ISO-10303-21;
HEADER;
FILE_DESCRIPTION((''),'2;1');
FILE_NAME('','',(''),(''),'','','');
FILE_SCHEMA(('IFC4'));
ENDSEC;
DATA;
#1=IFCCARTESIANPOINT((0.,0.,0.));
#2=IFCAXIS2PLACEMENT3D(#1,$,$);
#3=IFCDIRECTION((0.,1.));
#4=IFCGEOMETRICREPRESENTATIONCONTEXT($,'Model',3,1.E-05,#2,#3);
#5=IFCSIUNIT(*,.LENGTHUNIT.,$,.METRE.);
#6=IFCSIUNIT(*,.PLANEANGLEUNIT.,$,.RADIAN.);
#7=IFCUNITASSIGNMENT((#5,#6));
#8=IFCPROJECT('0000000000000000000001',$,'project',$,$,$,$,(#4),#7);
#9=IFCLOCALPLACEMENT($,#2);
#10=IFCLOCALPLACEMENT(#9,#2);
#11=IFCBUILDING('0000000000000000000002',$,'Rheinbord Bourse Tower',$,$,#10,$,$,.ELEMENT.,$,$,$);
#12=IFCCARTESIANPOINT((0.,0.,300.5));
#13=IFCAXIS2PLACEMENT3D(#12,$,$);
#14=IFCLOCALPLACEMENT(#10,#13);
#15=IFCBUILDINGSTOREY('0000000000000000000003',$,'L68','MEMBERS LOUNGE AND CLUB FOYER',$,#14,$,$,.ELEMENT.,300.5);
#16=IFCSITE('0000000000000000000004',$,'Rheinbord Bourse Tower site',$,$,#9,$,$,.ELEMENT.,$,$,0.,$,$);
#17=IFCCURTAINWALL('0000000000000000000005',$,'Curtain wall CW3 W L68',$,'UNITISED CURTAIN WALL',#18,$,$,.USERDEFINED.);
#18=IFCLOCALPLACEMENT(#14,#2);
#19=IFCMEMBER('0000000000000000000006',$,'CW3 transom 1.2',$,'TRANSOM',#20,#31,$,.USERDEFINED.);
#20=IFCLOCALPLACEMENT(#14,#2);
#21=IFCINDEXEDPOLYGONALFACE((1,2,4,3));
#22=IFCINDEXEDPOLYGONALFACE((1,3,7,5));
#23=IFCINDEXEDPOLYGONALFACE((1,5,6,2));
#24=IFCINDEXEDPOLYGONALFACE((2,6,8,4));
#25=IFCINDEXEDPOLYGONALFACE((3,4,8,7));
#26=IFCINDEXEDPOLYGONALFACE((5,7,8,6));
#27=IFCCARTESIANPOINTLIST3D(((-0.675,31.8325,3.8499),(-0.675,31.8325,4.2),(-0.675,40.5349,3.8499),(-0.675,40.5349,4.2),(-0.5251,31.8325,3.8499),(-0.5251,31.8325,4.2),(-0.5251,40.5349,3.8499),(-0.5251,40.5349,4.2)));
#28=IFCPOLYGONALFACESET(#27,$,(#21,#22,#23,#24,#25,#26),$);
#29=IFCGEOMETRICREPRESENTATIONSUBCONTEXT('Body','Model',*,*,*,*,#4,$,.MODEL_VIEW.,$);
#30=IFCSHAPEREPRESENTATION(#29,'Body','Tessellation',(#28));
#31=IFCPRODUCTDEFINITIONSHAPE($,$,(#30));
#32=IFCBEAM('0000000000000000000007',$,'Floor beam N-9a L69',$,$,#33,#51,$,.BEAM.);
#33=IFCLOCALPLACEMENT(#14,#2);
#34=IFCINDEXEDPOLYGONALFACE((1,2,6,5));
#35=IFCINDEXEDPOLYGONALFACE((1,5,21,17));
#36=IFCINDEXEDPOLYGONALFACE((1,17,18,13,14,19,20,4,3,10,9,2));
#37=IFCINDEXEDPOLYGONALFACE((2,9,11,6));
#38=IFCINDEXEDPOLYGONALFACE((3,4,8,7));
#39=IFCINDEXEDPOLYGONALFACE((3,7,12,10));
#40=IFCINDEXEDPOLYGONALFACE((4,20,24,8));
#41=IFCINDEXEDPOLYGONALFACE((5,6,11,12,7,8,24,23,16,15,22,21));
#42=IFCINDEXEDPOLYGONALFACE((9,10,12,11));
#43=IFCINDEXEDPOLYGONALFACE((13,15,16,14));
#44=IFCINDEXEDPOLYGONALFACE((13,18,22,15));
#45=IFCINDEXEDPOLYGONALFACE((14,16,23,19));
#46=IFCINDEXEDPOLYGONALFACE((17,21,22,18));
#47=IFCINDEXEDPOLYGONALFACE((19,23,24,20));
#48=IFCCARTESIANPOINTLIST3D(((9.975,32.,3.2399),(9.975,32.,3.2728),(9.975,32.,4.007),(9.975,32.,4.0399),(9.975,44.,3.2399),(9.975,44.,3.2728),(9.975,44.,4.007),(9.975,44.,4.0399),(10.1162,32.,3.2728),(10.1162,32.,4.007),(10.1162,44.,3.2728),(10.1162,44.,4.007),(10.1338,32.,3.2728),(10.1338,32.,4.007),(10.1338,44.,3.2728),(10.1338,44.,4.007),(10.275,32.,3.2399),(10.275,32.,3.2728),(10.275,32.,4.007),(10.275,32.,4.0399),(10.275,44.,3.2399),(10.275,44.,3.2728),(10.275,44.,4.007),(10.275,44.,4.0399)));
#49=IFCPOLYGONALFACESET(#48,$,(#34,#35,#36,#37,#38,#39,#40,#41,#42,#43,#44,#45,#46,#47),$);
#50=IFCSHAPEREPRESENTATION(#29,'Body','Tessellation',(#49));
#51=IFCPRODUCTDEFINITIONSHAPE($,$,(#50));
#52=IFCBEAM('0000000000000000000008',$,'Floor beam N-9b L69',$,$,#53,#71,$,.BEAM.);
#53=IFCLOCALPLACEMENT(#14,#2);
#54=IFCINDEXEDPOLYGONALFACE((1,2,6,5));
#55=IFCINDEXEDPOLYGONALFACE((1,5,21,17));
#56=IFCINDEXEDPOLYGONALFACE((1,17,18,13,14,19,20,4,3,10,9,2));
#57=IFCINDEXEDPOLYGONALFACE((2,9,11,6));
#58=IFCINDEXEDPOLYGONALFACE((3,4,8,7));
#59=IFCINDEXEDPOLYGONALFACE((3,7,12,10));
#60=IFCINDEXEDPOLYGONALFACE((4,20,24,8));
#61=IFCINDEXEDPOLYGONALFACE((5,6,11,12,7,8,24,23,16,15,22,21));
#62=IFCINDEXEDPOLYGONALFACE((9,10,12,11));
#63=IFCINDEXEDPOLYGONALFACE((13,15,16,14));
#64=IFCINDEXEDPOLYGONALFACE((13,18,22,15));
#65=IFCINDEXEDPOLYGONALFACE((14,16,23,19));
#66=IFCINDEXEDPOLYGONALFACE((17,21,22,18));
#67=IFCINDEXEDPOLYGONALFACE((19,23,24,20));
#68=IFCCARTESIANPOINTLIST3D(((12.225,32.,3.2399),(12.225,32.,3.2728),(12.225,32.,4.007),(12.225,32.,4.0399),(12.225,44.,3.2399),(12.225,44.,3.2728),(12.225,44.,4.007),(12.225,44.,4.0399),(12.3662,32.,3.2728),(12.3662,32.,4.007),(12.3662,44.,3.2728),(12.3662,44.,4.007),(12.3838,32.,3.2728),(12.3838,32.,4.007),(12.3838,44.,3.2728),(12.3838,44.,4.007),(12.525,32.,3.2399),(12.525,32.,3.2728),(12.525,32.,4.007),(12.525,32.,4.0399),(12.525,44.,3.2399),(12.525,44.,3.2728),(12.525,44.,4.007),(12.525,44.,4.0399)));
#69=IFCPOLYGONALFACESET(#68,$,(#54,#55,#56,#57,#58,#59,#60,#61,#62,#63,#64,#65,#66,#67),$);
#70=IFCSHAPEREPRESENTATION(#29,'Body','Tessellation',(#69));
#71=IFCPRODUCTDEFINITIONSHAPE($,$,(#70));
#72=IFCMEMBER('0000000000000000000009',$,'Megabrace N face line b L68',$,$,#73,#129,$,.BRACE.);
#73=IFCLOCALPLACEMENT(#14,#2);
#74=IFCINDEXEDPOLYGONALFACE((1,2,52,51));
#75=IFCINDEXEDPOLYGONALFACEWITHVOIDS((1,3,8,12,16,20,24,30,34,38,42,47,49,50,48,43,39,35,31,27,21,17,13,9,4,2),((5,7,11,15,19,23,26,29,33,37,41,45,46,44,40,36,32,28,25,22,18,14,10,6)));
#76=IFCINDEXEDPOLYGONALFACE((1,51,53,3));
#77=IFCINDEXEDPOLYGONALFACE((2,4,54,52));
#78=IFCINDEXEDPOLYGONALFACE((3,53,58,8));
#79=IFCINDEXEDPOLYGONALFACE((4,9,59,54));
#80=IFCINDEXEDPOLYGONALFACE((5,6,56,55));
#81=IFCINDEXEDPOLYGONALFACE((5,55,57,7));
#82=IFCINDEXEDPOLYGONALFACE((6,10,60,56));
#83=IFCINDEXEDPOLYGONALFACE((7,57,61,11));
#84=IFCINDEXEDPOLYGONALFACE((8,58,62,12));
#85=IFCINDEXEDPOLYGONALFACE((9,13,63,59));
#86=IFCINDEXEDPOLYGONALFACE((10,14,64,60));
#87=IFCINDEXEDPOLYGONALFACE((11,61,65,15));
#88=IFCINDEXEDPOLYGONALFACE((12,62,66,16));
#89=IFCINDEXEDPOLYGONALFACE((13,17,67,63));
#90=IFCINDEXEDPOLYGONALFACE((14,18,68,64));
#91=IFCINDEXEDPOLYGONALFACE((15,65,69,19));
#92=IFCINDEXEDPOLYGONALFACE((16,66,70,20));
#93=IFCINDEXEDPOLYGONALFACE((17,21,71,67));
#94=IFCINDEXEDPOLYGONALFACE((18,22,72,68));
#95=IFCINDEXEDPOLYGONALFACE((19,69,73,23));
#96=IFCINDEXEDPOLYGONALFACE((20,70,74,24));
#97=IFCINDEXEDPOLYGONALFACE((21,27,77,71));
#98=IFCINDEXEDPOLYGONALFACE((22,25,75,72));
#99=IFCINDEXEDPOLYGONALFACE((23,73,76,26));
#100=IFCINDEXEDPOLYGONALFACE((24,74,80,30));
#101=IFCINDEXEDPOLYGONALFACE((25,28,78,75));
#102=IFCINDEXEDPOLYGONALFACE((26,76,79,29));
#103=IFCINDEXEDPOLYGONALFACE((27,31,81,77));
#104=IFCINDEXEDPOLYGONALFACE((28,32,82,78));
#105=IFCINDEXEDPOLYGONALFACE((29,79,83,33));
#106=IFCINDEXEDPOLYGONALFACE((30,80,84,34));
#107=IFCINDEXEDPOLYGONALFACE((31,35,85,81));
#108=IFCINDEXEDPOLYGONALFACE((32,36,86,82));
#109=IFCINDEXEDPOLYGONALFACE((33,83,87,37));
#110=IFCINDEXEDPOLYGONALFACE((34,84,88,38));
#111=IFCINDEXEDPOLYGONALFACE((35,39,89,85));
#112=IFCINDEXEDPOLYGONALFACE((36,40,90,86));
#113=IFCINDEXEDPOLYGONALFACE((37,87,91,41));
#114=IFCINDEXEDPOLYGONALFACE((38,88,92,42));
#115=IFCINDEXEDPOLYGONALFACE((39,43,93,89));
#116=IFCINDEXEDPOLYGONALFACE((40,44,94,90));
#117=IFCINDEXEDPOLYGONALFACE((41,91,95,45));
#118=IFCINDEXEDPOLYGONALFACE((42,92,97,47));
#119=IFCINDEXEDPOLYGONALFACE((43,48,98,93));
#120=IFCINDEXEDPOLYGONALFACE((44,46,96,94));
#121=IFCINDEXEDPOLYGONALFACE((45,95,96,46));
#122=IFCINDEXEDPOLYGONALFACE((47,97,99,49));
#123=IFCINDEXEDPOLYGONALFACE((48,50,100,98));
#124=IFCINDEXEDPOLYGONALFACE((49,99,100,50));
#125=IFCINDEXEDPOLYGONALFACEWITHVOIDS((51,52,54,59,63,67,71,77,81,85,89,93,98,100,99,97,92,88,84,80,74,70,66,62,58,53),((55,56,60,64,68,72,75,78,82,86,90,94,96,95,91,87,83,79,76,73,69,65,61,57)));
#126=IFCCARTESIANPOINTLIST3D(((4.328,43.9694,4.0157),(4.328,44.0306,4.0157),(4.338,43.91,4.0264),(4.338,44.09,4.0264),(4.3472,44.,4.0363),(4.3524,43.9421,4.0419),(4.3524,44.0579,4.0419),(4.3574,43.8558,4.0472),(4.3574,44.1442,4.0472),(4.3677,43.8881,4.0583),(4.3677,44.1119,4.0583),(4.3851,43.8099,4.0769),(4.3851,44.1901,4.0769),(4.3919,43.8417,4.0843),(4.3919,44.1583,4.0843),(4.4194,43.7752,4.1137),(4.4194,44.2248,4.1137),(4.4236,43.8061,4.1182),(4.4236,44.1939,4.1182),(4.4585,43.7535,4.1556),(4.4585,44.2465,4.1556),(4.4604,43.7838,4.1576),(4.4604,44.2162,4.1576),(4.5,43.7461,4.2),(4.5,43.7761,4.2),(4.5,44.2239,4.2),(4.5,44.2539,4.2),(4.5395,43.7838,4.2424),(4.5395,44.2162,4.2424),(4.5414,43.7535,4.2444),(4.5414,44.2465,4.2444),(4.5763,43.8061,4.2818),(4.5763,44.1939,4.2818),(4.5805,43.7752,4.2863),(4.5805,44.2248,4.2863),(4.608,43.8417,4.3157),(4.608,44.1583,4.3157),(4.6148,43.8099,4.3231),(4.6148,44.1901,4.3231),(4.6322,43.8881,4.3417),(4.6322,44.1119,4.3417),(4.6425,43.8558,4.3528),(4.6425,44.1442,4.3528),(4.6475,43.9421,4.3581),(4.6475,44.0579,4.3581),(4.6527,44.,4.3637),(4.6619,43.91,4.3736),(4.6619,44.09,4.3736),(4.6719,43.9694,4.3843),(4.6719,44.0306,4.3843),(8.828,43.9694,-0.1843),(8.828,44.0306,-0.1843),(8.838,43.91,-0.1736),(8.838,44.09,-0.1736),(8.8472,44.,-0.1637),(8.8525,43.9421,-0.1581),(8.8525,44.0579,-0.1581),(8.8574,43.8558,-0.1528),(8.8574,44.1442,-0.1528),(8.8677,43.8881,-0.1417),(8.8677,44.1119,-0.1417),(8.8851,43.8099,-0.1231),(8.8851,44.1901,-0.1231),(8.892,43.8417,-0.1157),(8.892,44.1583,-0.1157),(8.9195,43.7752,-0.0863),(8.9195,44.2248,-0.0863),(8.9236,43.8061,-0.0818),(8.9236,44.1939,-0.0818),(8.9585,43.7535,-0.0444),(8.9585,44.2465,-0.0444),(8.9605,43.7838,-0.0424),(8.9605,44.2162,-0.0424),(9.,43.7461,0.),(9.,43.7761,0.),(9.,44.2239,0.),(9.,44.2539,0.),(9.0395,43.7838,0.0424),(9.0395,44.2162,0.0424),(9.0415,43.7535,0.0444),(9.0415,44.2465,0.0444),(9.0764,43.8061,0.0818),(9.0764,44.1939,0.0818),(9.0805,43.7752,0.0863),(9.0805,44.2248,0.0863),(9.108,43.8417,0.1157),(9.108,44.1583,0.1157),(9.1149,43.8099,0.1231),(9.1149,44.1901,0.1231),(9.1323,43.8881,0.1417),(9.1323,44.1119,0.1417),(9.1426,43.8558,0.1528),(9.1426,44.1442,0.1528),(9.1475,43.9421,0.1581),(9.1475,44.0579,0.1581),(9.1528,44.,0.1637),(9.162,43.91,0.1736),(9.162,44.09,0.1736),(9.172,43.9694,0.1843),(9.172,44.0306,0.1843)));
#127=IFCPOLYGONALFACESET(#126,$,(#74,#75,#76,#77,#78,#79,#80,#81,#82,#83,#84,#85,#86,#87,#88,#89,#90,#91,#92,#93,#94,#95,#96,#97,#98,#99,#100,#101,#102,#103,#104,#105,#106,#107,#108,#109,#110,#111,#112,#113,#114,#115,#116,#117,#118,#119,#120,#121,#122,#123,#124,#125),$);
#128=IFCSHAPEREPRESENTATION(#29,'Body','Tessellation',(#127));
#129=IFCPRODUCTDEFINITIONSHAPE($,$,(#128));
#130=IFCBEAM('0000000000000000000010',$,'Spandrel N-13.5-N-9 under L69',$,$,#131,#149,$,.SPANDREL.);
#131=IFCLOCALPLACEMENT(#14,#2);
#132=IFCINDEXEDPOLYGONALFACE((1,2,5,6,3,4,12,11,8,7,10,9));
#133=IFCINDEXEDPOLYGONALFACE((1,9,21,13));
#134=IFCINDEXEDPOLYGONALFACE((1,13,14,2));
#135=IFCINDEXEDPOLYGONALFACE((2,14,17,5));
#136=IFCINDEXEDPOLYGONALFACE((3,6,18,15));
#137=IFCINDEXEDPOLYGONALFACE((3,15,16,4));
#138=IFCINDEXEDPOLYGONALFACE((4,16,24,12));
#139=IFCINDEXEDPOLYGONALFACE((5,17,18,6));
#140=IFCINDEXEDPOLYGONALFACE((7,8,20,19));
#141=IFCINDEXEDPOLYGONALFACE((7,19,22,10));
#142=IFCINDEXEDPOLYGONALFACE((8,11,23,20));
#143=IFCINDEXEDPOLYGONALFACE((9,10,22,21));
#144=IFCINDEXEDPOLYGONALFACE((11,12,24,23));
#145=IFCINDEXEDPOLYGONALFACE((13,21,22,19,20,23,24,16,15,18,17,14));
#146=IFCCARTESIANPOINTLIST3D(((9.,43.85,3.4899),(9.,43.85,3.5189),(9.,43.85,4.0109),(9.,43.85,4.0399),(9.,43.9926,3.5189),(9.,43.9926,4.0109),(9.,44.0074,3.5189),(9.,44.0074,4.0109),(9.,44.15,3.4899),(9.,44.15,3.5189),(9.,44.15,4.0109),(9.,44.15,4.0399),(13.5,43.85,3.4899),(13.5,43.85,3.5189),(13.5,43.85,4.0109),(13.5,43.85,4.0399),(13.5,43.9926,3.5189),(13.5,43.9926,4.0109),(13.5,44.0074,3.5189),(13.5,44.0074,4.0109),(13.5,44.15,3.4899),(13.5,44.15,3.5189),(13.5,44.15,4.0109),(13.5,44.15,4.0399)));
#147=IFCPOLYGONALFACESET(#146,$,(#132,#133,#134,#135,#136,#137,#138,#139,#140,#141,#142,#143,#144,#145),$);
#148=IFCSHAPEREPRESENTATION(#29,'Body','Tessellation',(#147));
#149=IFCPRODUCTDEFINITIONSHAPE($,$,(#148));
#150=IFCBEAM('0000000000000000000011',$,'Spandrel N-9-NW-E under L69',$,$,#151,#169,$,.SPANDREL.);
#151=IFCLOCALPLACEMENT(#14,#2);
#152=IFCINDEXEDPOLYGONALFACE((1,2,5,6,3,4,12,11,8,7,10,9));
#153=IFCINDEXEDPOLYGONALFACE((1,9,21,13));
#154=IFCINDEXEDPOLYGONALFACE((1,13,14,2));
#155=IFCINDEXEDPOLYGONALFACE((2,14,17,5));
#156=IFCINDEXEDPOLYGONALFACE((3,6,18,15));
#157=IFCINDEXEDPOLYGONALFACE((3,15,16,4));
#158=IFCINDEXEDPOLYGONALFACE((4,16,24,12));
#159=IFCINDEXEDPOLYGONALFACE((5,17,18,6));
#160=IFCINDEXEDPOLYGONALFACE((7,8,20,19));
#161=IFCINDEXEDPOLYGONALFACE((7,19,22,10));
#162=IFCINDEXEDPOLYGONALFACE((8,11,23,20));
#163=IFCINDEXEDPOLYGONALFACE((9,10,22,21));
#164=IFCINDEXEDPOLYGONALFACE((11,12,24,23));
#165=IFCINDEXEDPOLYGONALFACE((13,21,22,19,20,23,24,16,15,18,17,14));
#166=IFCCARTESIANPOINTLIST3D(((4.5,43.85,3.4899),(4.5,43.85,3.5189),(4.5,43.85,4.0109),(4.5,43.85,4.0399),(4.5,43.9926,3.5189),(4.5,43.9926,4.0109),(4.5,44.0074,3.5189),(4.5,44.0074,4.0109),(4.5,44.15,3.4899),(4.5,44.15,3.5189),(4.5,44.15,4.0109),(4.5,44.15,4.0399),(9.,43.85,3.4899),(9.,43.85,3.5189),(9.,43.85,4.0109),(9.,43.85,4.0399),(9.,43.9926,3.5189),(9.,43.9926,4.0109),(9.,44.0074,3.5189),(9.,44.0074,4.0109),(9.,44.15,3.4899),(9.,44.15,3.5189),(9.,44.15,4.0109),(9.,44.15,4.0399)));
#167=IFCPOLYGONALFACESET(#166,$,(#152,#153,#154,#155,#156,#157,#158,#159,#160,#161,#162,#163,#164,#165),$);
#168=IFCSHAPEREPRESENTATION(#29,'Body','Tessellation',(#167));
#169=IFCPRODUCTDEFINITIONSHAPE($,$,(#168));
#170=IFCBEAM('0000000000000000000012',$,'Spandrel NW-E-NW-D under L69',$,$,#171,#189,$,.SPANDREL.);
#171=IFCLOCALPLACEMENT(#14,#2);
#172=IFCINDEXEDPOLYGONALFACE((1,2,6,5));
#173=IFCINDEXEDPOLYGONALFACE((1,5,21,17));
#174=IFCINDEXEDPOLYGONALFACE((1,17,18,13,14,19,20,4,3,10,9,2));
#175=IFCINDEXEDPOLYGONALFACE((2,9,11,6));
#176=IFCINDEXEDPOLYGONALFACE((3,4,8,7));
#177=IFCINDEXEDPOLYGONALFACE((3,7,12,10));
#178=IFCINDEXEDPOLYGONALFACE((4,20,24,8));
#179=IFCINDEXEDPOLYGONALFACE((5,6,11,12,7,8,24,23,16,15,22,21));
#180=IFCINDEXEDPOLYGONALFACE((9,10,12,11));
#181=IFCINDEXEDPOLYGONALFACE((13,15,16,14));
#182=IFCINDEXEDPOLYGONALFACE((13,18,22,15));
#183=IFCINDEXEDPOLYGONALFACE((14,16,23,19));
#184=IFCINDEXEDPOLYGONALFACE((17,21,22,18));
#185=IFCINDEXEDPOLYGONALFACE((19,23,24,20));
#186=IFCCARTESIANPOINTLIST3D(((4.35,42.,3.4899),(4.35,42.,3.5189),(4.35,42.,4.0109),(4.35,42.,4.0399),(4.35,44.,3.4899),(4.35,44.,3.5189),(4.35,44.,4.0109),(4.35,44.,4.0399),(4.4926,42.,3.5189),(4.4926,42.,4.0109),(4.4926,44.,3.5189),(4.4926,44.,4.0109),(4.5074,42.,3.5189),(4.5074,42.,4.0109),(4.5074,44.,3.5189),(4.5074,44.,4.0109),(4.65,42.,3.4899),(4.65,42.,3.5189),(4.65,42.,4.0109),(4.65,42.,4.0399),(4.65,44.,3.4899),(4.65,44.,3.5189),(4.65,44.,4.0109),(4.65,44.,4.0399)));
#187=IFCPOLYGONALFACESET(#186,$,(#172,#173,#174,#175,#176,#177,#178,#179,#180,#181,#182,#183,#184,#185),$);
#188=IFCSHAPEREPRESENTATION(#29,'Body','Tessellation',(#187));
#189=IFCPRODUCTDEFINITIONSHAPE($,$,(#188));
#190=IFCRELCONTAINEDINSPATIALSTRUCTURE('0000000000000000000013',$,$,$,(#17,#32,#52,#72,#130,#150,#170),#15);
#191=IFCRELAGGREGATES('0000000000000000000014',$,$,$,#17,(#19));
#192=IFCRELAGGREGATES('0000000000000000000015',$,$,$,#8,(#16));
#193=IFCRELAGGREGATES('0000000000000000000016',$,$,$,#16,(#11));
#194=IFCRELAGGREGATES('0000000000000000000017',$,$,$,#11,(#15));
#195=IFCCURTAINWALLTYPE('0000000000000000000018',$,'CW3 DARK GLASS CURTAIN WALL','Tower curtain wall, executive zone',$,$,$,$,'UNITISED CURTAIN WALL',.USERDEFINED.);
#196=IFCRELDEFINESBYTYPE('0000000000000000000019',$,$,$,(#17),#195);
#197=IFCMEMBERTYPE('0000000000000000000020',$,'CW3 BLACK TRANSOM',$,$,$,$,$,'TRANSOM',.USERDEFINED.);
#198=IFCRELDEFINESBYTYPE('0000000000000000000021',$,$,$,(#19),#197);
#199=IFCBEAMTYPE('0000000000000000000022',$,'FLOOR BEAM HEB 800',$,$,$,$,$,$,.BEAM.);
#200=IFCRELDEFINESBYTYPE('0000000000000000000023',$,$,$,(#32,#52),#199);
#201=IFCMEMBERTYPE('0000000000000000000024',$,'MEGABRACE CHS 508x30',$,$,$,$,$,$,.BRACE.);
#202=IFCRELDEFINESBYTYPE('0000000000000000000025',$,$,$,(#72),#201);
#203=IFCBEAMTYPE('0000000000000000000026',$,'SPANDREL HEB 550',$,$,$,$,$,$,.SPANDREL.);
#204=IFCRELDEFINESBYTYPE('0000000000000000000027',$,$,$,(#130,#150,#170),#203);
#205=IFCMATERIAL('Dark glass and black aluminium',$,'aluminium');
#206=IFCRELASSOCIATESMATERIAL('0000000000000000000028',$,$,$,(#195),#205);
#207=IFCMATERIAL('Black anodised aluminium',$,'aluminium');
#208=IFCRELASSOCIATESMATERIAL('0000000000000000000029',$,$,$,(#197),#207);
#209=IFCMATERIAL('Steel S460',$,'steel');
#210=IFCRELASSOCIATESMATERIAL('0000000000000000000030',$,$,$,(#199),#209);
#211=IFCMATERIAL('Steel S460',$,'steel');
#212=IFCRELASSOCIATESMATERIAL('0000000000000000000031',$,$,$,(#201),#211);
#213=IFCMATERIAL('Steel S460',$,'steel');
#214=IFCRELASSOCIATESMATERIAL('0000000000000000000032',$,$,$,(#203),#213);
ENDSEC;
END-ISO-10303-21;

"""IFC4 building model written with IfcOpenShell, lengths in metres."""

from ifc_helpers import new_model, si_unit, direction, frame, origin, origin_2d, place, context, subcontext, project, spatial, rectangle, hollow_circle, i_section, extrude, material, material_profile, profile_set, type_object, element, aggregate, save


model = new_model("IFC4")

# Units and contexts
model_context = context("Model", 3, precision=1e-05, world=origin(), true_north=direction((0.0, 1.0)))
body_context = subcontext(model_context, "Body", "Model", "MODEL_VIEW")
ifc_project = project(units=[si_unit("LENGTHUNIT", "METRE"), si_unit("PLANEANGLEUNIT", "RADIAN")], contexts=[model_context])

# Site, building, storey
site_placement = place(None, origin())
site = spatial("IfcSite", under=ifc_project, at=site_placement, Name="Rheinbord Bourse Tower site", CompositionType="ELEMENT", RefElevation=0.0)
building_placement = place(site_placement, origin())
building = spatial("IfcBuilding", under=site, at=building_placement, Name="Rheinbord Bourse Tower", CompositionType="ELEMENT")
storey_placement = place(building_placement, frame((0.0, 0.0, 300.5)))
storey = spatial("IfcBuildingStorey", under=building, at=storey_placement, Name="L68", Description="MEMBERS LOUNGE AND CLUB FOYER", CompositionType="ELEMENT", Elevation=300.5)

# Shared definitions
ifc_material_1 = material(Name="Dark glass and black aluminium", Category="aluminium")
curtain_wall_type = type_object("IfcCurtainWallType", Name="CW3 DARK GLASS CURTAIN WALL", Description="Tower curtain wall, executive zone", ElementType="UNITISED CURTAIN WALL", PredefinedType="USERDEFINED", material=ifc_material_1)

# Curtain wall
curtain_wall_1_placement = place(storey_placement, origin())
curtain_wall_1 = element("IfcCurtainWall", 1, at=curtain_wall_1_placement, inside=storey, type_object=curtain_wall_type, Name="Curtain wall CW3 W L68", ObjectType="UNITISED CURTAIN WALL", PredefinedType="USERDEFINED")

# Member
ifc_material_2 = material(Name="Black anodised aluminium", Category="aluminium")
ifc_material_profile_1 = material_profile(ifc_material_2, rectangle(XDim=0.1499, YDim=0.3501, at=origin_2d()), Name="CW3 TRANSOM 350x150")
ifc_profile_set_1 = profile_set([ifc_material_profile_1], Name="Black anodised aluminium")
member_type_1 = type_object("IfcMemberType", Name="CW3 BLACK TRANSOM", ElementType="TRANSOM", PredefinedType="USERDEFINED", material=ifc_profile_set_1)
member_1_placement = place(storey_placement, frame((-0.6001, 40.5349, 4.0249), z_axis=(0.0, -1.0, 0.0), x_axis=(1.0, 0.0, 0.0)))
member_1 = element("IfcMember", 2, at=member_1_placement, type_object=member_type_1, Name="CW3 transom 1.2", ObjectType="TRANSOM", PredefinedType="USERDEFINED", context=body_context, shape_type="SweptSolid", body=[
    extrude(rectangle(XDim=0.1499, YDim=0.3501, at=origin_2d()), origin(), (0.0, 0.0, 1.0), 8.7024),
])

# Beams
ifc_material_3 = material(Name="Steel S460", Category="steel")
ifc_material_profile_2 = material_profile(ifc_material_3, i_section(OverallWidth=0.3, OverallDepth=0.8, WebThickness=0.0176, FlangeThickness=0.033, at=origin_2d()), Name="HEB 800")
ifc_profile_set_2 = profile_set([ifc_material_profile_2], Name="Steel S460")
beam_type_1 = type_object("IfcBeamType", Name="FLOOR BEAM HEB 800", PredefinedType="BEAM", material=ifc_profile_set_2)
for number, where, z_axis, x_axis, name in (
    (3, (10.125, 44.0, 3.6399), (0.0, -1.0, 0.0), (1.0, 0.0, 0.0), "Floor beam N-9a L69"),
    (4, (12.375, 44.0, 3.6399), (0.0, -1.0, 0.0), (1.0, 0.0, 0.0), "Floor beam N-9b L69"),
):
    element("IfcBeam", number, at=place(storey_placement, frame(where, z_axis=z_axis, x_axis=x_axis)), inside=storey, type_object=beam_type_1, Name=name, PredefinedType="BEAM", context=body_context, shape_type="SweptSolid", body=[
        extrude(i_section(OverallWidth=0.3, OverallDepth=0.8, WebThickness=0.0176, FlangeThickness=0.033, at=origin_2d()), origin(), (0.0, 0.0, 1.0), 12.0),
    ])

# Member
ifc_material_4 = material(Name="Steel S460", Category="steel")
ifc_material_profile_3 = material_profile(ifc_material_4, hollow_circle(Radius=0.2539, WallThickness=0.03, at=origin_2d()), Name="CHS 508x30")
ifc_profile_set_3 = profile_set([ifc_material_profile_3], Name="Steel S460")
member_type_2 = type_object("IfcMemberType", Name="MEGABRACE CHS 508x30", PredefinedType="BRACE", material=ifc_profile_set_3)
member_2_placement = place(storey_placement, frame((9.0, 44.0, 0.0), z_axis=(-0.731059, 0.0, 0.682314), x_axis=(0.0, -1.0, 0.0)))
element("IfcMember", 5, at=member_2_placement, inside=storey, type_object=member_type_2, Name="Megabrace N face line b L68", PredefinedType="BRACE", context=body_context, shape_type="SweptSolid", body=[
    extrude(hollow_circle(Radius=0.2539, WallThickness=0.03, at=origin_2d()), origin(), (0.0, 0.0, 1.0), 6.1555),
])

# Beams
ifc_material_5 = material(Name="Steel S460", Category="steel")
ifc_material_profile_4 = material_profile(ifc_material_5, i_section(OverallWidth=0.3, OverallDepth=0.55, WebThickness=0.0149, FlangeThickness=0.0291, at=origin_2d()), Name="HEB 550")
ifc_profile_set_4 = profile_set([ifc_material_profile_4], Name="Steel S460")
beam_type_2 = type_object("IfcBeamType", Name="SPANDREL HEB 550", PredefinedType="SPANDREL", material=ifc_profile_set_4)
for number, where, z_axis, x_axis, name in (
    (6, (13.5, 44.0, 3.7649), (-1.0, 0.0, 0.0), (0.0, -1.0, 0.0), "Spandrel N-13.5-N-9 under L69"),
    (7, (9.0, 44.0, 3.7649), (-1.0, 0.0, 0.0), (0.0, -1.0, 0.0), "Spandrel N-9-NW-E under L69"),
):
    element("IfcBeam", number, at=place(storey_placement, frame(where, z_axis=z_axis, x_axis=x_axis)), inside=storey, type_object=beam_type_2, Name=name, PredefinedType="SPANDREL", context=body_context, shape_type="SweptSolid", body=[
        extrude(i_section(OverallWidth=0.3, OverallDepth=0.55, WebThickness=0.0149, FlangeThickness=0.0291, at=origin_2d()), origin(), (0.0, 0.0, 1.0), 4.5),
    ])
beam_1_placement = place(storey_placement, frame((4.5, 44.0, 3.7649), z_axis=(0.0, -1.0, 0.0), x_axis=(1.0, 0.0, 0.0)))
element("IfcBeam", 8, at=beam_1_placement, inside=storey, type_object=beam_type_2, Name="Spandrel NW-E-NW-D under L69", PredefinedType="SPANDREL", context=body_context, shape_type="SweptSolid", body=[
    extrude(i_section(OverallWidth=0.3, OverallDepth=0.55, WebThickness=0.0149, FlangeThickness=0.0291, at=origin_2d()), origin(), (0.0, 0.0, 1.0), 2.0),
])

aggregate(curtain_wall_1, [member_1])

save(model, "model.ifc")
